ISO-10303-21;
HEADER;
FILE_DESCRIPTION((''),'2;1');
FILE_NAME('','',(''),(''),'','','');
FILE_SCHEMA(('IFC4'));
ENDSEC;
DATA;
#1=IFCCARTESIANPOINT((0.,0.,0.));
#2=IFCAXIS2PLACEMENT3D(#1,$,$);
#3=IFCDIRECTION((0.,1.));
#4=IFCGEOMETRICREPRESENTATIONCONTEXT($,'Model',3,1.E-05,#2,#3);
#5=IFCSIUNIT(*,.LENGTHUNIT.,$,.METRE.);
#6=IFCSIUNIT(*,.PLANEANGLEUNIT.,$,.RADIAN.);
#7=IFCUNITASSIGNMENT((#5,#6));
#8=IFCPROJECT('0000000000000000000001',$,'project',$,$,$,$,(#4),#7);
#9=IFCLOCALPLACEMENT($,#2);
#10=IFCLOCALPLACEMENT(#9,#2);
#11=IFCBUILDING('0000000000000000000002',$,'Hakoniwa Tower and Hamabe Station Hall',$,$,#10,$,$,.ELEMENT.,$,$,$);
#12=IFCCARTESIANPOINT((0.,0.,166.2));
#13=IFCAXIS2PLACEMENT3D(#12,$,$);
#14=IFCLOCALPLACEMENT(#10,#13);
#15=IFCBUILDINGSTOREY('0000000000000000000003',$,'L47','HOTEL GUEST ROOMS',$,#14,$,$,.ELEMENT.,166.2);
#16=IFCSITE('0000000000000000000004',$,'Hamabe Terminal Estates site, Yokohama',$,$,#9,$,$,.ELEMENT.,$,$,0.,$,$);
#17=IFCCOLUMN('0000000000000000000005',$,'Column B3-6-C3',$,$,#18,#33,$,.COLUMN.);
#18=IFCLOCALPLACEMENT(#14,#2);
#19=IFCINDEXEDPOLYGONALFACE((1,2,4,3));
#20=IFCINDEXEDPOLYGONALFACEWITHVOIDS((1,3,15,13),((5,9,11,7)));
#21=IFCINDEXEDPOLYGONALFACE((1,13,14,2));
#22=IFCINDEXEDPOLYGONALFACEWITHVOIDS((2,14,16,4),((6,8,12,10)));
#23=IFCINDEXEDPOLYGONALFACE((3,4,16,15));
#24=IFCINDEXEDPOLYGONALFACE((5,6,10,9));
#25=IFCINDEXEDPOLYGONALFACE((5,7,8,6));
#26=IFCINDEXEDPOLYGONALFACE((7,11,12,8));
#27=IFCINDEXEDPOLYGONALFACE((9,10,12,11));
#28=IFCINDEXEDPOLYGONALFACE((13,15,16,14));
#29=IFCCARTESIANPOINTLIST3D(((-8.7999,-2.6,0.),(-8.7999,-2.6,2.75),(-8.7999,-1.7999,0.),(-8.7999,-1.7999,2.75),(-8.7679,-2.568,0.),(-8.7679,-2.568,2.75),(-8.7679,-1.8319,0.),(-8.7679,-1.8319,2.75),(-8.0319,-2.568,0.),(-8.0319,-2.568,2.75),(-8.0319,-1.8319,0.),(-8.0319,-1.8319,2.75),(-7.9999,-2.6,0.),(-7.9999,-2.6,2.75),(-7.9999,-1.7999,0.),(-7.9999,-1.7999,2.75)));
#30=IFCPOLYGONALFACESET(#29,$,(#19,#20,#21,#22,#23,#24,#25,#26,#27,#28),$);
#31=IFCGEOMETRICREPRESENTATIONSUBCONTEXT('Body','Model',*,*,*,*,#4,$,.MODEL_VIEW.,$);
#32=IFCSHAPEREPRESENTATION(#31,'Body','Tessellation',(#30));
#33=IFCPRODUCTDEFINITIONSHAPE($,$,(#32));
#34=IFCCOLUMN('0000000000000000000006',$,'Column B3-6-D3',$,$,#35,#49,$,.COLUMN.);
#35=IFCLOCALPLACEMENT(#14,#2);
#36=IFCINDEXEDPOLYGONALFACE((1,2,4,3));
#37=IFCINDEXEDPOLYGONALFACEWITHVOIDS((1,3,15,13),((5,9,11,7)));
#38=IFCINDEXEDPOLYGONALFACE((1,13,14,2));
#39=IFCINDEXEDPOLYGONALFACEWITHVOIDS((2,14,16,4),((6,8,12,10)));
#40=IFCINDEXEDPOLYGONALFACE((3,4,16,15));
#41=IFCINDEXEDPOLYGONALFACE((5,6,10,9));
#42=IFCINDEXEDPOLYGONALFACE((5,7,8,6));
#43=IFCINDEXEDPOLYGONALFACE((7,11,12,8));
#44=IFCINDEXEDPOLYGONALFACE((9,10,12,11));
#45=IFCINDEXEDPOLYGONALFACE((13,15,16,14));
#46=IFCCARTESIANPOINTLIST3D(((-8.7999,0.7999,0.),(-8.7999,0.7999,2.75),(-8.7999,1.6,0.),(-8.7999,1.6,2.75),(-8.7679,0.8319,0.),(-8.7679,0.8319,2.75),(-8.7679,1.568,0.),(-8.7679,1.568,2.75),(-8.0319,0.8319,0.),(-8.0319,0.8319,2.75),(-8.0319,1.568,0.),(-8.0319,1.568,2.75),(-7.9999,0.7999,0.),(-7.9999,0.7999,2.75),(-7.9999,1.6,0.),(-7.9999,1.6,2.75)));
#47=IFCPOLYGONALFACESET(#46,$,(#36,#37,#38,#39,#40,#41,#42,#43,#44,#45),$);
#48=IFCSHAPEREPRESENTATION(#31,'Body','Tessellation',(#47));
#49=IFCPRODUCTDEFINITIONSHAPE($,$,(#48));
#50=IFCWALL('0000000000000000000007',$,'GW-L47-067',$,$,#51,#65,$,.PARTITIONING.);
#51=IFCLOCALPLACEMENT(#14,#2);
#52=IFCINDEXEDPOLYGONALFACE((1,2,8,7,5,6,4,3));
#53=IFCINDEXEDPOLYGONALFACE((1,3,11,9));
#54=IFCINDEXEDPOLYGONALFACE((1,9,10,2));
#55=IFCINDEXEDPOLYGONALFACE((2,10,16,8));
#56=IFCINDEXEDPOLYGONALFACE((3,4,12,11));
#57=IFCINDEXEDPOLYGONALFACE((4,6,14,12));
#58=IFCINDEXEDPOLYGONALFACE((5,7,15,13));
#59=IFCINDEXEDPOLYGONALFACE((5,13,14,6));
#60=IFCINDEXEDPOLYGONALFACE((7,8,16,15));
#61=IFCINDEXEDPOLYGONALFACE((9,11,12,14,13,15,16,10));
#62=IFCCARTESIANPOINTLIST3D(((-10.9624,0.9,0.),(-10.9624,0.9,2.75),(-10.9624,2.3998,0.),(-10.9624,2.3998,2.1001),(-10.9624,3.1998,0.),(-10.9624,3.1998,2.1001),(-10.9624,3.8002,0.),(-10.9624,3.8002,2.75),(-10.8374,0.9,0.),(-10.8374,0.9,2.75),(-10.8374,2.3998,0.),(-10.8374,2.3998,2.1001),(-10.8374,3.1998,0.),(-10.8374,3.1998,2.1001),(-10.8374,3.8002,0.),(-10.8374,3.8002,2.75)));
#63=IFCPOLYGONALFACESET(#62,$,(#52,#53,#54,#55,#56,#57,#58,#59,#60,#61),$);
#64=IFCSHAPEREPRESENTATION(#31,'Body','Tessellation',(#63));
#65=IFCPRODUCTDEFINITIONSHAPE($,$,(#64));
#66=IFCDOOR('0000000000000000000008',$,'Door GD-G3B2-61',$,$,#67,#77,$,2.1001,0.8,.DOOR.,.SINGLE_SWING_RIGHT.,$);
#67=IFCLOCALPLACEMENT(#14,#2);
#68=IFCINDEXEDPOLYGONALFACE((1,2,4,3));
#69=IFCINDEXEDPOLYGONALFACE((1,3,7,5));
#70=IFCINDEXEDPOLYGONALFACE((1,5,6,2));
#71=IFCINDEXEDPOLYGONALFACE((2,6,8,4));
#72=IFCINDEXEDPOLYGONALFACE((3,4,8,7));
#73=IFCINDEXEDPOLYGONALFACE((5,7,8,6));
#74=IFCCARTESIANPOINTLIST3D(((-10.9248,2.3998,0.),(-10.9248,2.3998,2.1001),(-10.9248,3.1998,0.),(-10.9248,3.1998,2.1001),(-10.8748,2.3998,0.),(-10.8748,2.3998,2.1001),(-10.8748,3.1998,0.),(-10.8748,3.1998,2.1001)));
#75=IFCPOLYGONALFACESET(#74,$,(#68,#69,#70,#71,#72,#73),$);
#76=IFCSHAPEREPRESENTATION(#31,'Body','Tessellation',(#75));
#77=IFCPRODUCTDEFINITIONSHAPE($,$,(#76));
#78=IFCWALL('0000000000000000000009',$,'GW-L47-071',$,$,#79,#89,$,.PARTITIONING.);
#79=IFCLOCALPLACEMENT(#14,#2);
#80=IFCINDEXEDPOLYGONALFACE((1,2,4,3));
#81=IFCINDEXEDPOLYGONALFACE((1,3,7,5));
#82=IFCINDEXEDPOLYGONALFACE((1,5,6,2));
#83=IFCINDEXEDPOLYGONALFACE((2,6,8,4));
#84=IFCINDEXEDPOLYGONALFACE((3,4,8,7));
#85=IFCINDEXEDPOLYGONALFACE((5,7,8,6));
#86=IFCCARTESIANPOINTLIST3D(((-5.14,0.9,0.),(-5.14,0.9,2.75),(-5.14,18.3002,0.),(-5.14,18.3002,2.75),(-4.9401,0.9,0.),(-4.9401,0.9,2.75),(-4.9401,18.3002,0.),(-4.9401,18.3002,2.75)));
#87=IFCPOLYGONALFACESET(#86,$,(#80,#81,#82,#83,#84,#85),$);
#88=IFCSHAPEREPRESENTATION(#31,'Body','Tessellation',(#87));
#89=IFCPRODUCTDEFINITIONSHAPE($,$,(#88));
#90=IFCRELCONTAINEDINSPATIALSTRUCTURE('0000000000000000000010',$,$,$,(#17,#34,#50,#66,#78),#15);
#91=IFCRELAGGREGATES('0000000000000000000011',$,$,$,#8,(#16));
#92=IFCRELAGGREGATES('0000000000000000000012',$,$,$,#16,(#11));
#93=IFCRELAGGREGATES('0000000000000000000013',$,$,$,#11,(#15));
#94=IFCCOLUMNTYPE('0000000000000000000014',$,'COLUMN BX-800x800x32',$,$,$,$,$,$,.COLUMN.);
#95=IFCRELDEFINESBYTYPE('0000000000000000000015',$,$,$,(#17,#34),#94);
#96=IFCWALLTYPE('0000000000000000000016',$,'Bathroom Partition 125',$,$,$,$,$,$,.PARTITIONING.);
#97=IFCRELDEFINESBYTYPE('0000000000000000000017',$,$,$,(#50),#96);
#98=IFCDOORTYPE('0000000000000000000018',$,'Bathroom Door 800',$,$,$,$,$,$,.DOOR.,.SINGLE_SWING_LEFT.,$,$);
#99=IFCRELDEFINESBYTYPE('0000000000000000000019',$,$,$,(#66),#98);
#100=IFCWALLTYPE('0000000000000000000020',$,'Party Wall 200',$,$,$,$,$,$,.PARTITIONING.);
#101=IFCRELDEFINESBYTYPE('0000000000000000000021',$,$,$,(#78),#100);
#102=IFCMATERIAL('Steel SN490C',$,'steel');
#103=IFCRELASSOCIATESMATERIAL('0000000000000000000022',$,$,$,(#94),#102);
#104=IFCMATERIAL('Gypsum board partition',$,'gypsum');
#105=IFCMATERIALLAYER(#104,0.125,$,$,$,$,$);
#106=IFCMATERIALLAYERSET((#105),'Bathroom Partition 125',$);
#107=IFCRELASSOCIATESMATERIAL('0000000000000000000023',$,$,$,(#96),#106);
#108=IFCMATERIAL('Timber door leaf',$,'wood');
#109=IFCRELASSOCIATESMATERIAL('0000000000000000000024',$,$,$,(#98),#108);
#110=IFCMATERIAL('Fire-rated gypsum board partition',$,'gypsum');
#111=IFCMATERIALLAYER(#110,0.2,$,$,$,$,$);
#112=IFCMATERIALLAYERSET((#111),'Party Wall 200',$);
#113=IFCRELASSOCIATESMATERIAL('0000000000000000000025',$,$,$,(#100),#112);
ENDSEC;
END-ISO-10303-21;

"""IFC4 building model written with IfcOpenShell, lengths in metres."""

from ifc_helpers import new_model, si_unit, direction, frame, frame_2d, origin, origin_2d, place, context, subcontext, project, spatial, rectangle, hollow_rectangle, extrude, material, layer, layer_set, material_profile, profile_set, type_object, element, fill, save


model = new_model("IFC4")

# Units and contexts
model_context = context("Model", 3, precision=1e-05, world=origin(), true_north=direction((0.0, 1.0)))
body_context = subcontext(model_context, "Body", "Model", "MODEL_VIEW")
ifc_project = project(units=[si_unit("LENGTHUNIT", "METRE"), si_unit("PLANEANGLEUNIT", "RADIAN")], contexts=[model_context])

# Site, building, storey
site_placement = place(None, origin())
site = spatial("IfcSite", under=ifc_project, at=site_placement, Name="Hamabe Terminal Estates site, Yokohama", CompositionType="ELEMENT", RefElevation=0.0)
building_placement = place(site_placement, origin())
building = spatial("IfcBuilding", under=site, at=building_placement, Name="Hakoniwa Tower and Hamabe Station Hall", CompositionType="ELEMENT")
storey_placement = place(building_placement, frame((0.0, 0.0, 166.2)))
storey = spatial("IfcBuildingStorey", under=building, at=storey_placement, Name="L47", Description="HOTEL GUEST ROOMS", CompositionType="ELEMENT", Elevation=166.2)

# Columns
ifc_material_1 = material(Name="Steel SN490C", Category="steel")
ifc_material_profile = material_profile(ifc_material_1, hollow_rectangle(XDim=0.8, YDim=0.8, WallThickness=0.032, at=origin_2d()), Name="BX-800x800x32")
ifc_profile_set = profile_set([ifc_material_profile], Name="Steel SN490C")
column_type = type_object("IfcColumnType", Name="COLUMN BX-800x800x32", PredefinedType="COLUMN", material=ifc_profile_set)
for number, where, z_axis, x_axis, name in (
    (1, (-8.3999, -2.2, 0.0), (0.0, 0.0, 1.0), (1.0, 0.0, 0.0), "Column B3-6-C3"),
    (2, (-8.3999, 1.2, 0.0), (0.0, 0.0, 1.0), (1.0, 0.0, 0.0), "Column B3-6-D3"),
):
    element("IfcColumn", number, at=place(storey_placement, frame(where, z_axis=z_axis, x_axis=x_axis)), inside=storey, type_object=column_type, Name=name, PredefinedType="COLUMN", context=body_context, shape_type="SweptSolid", body=[
        extrude(hollow_rectangle(XDim=0.8, YDim=0.8, WallThickness=0.032, at=origin_2d()), origin(), (0.0, 0.0, 1.0), 2.75),
    ])

# Wall, opening, door
ifc_material_2 = material(Name="Gypsum board partition", Category="gypsum")
ifc_layer_1 = layer(ifc_material_2, 0.125)
ifc_layer_set_1 = layer_set([ifc_layer_1], Name="Bathroom Partition 125")
wall_type_1 = type_object("IfcWallType", Name="Bathroom Partition 125", PredefinedType="PARTITIONING", material=ifc_layer_set_1)
wall_1_placement = place(storey_placement, frame((-10.8999, 0.8999, 0.0), z_axis=(0.0, 0.0, 1.0), x_axis=(0.0, 1.0, 0.0)))
wall_1 = element("IfcWall", 3, at=wall_1_placement, inside=storey, type_object=wall_type_1, Name="GW-L47-067", PredefinedType="PARTITIONING", context=body_context, shape_type="SweptSolid", body=[
    extrude(rectangle(XDim=2.9001, YDim=0.125, at=frame_2d((1.4502, 0.0))), origin(), (0.0, 0.0, 1.0), 2.75),
])
opening_placement = place(wall_1_placement, frame((1.5, 0.0, 0.0)))
opening = element("IfcOpeningElement", 4, at=opening_placement, cuts=wall_1, PredefinedType="OPENING", context=body_context, shape_type="SweptSolid", body=[
    extrude(rectangle(XDim=0.8, YDim=2.1001, at=frame_2d((0.3999, 1.05))), frame((0.0, 0.0725, 0.0), z_axis=(0.0, -1.0, 0.0), x_axis=(1.0, 0.0, 0.0)), (0.0, 0.0, 1.0), 0.145),
])
ifc_material_3 = material(Name="Timber door leaf", Category="wood")
door_type = type_object("IfcDoorType", Name="Bathroom Door 800", OperationType="SINGLE_SWING_LEFT", PredefinedType="DOOR", material=ifc_material_3)
door_placement = place(opening_placement, origin())
door = element("IfcDoor", 5, at=door_placement, inside=storey, type_object=door_type, Name="Door GD-G3B2-61", OperationType="SINGLE_SWING_RIGHT", OverallHeight=2.1001, OverallWidth=0.8, PredefinedType="DOOR", context=body_context, shape_type="SweptSolid", body=[
    extrude(rectangle(XDim=0.8, YDim=2.1001, at=frame_2d((0.3999, 1.05))), frame((0.0, 0.0249, 0.0), z_axis=(0.0, -1.0, 0.0), x_axis=(1.0, 0.0, 0.0)), (0.0, 0.0, 1.0), 0.05),
])
fill(opening, door)

# Wall
ifc_material_4 = material(Name="Fire-rated gypsum board partition", Category="gypsum")
ifc_layer_2 = layer(ifc_material_4, 0.2)
ifc_layer_set_2 = layer_set([ifc_layer_2], Name="Party Wall 200")
wall_type_2 = type_object("IfcWallType", Name="Party Wall 200", PredefinedType="PARTITIONING", material=ifc_layer_set_2)
wall_2_placement = place(storey_placement, frame((-5.04, 0.8999, 0.0), z_axis=(0.0, 0.0, 1.0), x_axis=(0.0, 1.0, 0.0)))
element("IfcWall", 6, at=wall_2_placement, inside=storey, type_object=wall_type_2, Name="GW-L47-071", PredefinedType="PARTITIONING", context=body_context, shape_type="SweptSolid", body=[
    extrude(rectangle(XDim=17.4001, YDim=0.2, at=frame_2d((8.7002, 0.0))), origin(), (0.0, 0.0, 1.0), 2.75),
])

save(model, "model.ifc")
